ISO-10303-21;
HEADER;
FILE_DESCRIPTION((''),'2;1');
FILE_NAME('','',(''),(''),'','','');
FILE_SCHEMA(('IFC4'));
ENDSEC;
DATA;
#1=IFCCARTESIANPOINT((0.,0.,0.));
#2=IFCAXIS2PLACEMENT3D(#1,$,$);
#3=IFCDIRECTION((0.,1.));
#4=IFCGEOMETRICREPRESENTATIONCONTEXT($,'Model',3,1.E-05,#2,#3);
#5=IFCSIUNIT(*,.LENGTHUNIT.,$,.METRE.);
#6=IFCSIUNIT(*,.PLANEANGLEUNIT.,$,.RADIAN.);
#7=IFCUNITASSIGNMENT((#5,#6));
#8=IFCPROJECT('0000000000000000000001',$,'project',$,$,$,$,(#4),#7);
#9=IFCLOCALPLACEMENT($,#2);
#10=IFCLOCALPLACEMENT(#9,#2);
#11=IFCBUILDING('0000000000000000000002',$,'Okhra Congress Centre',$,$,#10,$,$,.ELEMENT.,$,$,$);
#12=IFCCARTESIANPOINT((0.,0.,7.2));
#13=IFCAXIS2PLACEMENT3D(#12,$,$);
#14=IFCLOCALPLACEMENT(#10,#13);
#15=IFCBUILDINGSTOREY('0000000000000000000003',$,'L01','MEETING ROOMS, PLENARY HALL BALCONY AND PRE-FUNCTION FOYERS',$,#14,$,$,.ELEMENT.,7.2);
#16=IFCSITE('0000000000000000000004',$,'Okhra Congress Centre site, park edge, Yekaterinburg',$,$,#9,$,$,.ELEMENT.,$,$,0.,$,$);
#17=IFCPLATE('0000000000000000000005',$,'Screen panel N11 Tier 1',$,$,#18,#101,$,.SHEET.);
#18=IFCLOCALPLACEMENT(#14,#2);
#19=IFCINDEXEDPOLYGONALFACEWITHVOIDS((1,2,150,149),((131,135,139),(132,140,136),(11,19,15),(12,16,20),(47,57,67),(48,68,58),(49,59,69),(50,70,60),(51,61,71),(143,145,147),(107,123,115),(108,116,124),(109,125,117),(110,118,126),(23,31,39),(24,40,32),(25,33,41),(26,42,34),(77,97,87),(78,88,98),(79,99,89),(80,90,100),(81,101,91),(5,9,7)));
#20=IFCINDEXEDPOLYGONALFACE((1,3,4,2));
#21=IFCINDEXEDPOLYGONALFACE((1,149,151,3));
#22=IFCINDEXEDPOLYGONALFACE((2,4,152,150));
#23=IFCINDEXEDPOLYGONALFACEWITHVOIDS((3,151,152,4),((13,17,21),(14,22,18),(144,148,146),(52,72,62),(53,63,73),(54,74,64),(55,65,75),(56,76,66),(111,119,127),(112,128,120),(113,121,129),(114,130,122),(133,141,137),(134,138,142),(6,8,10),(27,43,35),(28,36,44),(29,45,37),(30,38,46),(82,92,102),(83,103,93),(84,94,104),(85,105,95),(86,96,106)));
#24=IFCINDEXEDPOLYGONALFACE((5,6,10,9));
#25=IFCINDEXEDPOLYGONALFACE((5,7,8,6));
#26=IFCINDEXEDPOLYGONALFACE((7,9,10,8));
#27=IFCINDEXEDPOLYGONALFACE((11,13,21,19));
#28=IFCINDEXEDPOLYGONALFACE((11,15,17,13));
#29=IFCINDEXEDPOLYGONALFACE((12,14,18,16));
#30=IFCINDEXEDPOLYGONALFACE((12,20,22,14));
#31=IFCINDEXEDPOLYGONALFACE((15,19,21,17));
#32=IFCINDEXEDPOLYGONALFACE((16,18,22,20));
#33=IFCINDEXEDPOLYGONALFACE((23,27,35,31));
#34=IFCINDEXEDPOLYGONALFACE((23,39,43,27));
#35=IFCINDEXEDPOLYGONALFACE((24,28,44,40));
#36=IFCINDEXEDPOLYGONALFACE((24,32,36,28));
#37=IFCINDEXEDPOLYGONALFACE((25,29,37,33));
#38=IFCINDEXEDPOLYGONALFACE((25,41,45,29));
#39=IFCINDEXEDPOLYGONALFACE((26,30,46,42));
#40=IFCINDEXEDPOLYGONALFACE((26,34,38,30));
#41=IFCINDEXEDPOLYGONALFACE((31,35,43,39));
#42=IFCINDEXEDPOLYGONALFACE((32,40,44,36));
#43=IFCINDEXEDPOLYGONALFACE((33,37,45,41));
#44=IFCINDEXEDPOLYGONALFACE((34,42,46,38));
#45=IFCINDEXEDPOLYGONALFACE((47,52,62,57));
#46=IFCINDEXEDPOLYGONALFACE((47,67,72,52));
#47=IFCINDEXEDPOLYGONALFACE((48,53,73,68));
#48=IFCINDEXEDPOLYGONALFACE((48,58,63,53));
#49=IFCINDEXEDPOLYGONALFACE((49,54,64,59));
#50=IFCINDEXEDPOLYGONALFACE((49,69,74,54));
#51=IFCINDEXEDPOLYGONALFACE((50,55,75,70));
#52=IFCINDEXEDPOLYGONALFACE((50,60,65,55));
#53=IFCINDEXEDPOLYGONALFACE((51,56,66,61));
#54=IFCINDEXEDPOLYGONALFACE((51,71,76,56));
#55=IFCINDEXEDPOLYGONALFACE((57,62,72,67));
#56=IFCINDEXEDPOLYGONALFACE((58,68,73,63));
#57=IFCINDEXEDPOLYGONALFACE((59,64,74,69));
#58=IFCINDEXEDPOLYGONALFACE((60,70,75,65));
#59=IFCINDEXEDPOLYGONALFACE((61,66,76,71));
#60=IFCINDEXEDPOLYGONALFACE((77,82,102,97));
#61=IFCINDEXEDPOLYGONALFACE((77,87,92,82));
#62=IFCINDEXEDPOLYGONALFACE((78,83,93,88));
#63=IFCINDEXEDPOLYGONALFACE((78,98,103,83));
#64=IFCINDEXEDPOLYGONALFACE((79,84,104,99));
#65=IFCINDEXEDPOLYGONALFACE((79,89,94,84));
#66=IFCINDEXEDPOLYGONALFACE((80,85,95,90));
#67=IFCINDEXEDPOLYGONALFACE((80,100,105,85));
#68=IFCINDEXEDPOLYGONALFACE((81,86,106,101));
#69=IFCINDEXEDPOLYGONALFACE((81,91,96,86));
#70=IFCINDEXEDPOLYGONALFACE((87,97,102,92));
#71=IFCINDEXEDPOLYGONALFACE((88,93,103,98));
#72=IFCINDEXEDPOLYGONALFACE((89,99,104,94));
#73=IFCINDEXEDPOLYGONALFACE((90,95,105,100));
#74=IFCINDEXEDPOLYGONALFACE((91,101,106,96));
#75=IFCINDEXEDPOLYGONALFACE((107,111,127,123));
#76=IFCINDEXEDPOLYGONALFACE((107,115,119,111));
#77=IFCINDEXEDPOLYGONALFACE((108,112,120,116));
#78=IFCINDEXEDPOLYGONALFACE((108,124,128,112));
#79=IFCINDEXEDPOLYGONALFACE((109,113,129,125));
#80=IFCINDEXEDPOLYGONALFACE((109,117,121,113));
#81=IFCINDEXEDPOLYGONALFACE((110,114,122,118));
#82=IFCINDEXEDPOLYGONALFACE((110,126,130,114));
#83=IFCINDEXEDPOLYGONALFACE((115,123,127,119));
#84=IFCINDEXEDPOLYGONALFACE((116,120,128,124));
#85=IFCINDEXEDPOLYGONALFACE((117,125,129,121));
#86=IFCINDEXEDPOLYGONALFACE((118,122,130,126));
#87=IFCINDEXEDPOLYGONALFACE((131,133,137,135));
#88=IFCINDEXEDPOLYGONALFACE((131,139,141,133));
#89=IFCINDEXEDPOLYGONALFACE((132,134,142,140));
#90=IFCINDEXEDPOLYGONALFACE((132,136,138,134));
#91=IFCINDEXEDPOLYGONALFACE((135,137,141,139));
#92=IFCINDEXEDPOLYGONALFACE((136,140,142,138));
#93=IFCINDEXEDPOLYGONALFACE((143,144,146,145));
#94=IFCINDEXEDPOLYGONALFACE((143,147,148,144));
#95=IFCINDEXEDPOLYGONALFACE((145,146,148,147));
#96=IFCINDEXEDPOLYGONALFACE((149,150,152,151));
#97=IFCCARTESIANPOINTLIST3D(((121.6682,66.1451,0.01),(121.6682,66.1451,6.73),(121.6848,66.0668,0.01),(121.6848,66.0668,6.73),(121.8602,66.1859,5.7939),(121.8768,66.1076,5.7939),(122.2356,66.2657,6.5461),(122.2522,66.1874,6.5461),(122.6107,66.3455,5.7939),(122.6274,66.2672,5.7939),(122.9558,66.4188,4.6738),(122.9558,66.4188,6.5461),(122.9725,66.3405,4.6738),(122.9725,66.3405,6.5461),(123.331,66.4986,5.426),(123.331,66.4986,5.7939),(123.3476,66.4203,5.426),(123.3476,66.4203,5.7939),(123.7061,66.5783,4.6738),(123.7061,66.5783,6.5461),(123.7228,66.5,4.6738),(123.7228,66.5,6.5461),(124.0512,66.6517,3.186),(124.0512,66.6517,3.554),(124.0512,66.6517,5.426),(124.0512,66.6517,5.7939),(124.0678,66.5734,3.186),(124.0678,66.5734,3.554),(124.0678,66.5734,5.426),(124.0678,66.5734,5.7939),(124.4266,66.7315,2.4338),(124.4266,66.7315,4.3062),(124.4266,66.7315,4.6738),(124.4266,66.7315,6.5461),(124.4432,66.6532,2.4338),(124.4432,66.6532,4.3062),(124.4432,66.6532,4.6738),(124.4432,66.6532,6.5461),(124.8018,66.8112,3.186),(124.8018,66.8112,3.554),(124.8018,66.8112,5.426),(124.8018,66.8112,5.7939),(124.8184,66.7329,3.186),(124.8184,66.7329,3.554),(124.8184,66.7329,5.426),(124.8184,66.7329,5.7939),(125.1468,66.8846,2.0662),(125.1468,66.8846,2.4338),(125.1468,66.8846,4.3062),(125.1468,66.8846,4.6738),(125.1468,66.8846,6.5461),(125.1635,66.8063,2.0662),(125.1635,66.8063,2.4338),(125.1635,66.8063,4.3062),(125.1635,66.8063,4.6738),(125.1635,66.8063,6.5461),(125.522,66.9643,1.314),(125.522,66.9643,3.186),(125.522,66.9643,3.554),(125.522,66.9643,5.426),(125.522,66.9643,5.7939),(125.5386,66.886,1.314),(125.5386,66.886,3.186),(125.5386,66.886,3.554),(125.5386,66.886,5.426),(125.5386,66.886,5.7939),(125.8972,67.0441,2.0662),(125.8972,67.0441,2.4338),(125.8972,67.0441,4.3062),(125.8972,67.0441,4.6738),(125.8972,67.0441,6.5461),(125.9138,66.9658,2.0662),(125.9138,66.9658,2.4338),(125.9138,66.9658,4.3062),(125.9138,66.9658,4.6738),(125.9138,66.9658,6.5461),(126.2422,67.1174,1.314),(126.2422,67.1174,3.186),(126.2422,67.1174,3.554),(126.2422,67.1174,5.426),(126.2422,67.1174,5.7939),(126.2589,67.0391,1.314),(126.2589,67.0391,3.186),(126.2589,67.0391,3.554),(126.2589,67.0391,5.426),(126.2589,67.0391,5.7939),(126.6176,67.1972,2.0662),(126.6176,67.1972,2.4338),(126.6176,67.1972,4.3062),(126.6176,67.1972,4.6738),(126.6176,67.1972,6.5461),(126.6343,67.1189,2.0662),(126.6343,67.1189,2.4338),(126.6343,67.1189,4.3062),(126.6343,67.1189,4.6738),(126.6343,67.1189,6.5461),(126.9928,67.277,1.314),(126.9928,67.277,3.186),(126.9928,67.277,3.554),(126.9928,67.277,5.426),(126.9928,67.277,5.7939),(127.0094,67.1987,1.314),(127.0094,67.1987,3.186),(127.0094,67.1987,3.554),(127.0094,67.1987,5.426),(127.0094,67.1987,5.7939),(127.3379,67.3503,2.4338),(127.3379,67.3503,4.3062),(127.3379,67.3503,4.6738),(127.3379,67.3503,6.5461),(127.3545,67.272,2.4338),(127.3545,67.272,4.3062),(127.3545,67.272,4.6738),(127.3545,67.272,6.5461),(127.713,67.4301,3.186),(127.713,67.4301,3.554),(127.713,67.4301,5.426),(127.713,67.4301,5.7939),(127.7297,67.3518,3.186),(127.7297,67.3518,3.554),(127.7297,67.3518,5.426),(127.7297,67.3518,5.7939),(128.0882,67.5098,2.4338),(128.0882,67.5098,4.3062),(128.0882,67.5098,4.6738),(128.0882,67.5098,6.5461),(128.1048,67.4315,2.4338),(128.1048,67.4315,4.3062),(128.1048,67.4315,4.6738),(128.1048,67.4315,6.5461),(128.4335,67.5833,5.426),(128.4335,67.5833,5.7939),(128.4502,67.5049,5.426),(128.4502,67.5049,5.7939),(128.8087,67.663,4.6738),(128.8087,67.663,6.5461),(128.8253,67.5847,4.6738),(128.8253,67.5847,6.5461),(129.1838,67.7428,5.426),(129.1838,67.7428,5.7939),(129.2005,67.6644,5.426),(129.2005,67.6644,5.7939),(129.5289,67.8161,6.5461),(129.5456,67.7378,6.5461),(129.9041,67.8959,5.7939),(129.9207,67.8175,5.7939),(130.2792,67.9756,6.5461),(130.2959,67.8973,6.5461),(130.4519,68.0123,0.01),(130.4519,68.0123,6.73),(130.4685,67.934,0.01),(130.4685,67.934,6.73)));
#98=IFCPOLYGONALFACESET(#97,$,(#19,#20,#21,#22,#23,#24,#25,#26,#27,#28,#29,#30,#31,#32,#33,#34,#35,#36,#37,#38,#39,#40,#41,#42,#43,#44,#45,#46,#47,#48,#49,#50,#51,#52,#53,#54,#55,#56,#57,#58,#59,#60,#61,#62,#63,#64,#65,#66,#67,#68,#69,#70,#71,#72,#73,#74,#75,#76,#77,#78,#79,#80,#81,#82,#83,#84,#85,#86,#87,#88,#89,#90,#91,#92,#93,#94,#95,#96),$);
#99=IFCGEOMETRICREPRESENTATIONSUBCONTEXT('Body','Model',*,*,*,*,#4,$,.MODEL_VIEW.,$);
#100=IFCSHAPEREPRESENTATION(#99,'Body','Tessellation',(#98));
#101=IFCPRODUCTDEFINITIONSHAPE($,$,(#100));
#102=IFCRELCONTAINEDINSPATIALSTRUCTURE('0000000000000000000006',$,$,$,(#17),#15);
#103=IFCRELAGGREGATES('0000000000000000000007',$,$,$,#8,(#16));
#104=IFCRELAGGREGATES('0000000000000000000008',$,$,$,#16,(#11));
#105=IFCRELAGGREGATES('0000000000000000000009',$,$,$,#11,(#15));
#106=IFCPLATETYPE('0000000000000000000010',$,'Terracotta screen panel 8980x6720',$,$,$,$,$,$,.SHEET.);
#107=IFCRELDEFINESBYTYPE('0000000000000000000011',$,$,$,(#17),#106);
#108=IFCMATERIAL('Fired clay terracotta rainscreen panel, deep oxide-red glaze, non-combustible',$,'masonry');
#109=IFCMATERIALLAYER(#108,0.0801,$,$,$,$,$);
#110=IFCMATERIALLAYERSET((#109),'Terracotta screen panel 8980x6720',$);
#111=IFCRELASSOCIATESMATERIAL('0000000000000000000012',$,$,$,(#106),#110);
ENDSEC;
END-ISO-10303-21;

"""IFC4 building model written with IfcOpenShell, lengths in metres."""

from ifc_helpers import new_model, si_unit, direction, frame, origin, place, context, subcontext, project, spatial, polyline, outline, extrude, material, layer, layer_set, type_object, element, save


model = new_model("IFC4")

# Units and contexts
model_context = context("Model", 3, precision=1e-05, world=origin(), true_north=direction((0.0, 1.0)))
body_context = subcontext(model_context, "Body", "Model", "MODEL_VIEW")
ifc_project = project(units=[si_unit("LENGTHUNIT", "METRE"), si_unit("PLANEANGLEUNIT", "RADIAN")], contexts=[model_context])

# Site, building, storey
site_placement = place(None, origin())
site = spatial("IfcSite", under=ifc_project, at=site_placement, Name="Okhra Congress Centre site, park edge, Yekaterinburg", CompositionType="ELEMENT", RefElevation=0.0)
building_placement = place(site_placement, origin())
building = spatial("IfcBuilding", under=site, at=building_placement, Name="Okhra Congress Centre", CompositionType="ELEMENT")
storey_placement = place(building_placement, frame((0.0, 0.0, 7.2)))
storey = spatial("IfcBuildingStorey", under=building, at=storey_placement, Name="L01", Description="MEETING ROOMS, PLENARY HALL BALCONY AND PRE-FUNCTION FOYERS", CompositionType="ELEMENT", Elevation=7.2)

# Plate
ifc_material_1 = material(Name="Fired clay terracotta rainscreen panel, deep oxide-red glaze, non-combustible", Category="masonry")
ifc_layer_1 = layer(ifc_material_1, 0.0801)
ifc_layer_set_1 = layer_set([ifc_layer_1], Name="Terracotta screen panel 8980x6720")
plate_type = type_object("IfcPlateType", Name="Terracotta screen panel 8980x6720", PredefinedType="SHEET", material=ifc_layer_set_1)
plate_1_placement = place(storey_placement, frame((130.4602, 67.9731, 0.01), z_axis=(0.0, 0.0, 1.0), x_axis=(-0.978144, -0.207928, 0.0)))
element("IfcPlate", 1, at=plate_1_placement, inside=storey, type_object=plate_type, Name="Screen panel N11 Tier 1", PredefinedType="SHEET", context=body_context, shape_type="SweptSolid", body=[
    extrude(outline(polyline([(0.0, 0.0), (8.98, 0.0), (8.98, 6.72), (0.0, 6.72), (0.0, 0.0)]), holes=[polyline([(3.5364, 1.304), (4.3037, 1.304), (3.9199, 2.0562), (3.5364, 1.304)]), polyline([(4.6565, 2.0562), (5.04, 1.304), (5.4236, 2.0562), (4.6565, 2.0562)]), polyline([(2.4165, 2.4238), (3.1836, 2.4238), (2.8, 3.176), (2.4165, 2.4238)]), polyline([(3.5364, 3.176), (3.9199, 2.4238), (4.3037, 3.176), (3.5364, 3.176)]), polyline([(4.6565, 2.4238), (5.4236, 2.4238), (5.04, 3.176), (4.6565, 2.4238)]), polyline([(5.7764, 3.176), (6.1599, 2.4238), (6.5437, 3.176), (5.7764, 3.176)]), polyline([(2.4165, 4.2961), (2.8, 3.5439), (3.1836, 4.2961), (2.4165, 4.2961)]), polyline([(3.5364, 3.5439), (4.3037, 3.5439), (3.9199, 4.2961), (3.5364, 3.5439)]), polyline([(4.6565, 4.2961), (5.04, 3.5439), (5.4236, 4.2961), (4.6565, 4.2961)]), polyline([(5.7764, 3.5439), (6.5437, 3.5439), (6.1599, 4.2961), (5.7764, 3.5439)]), polyline([(1.2964, 5.416), (1.6799, 4.6638), (2.0635, 5.416), (1.2964, 5.416)]), polyline([(2.4165, 4.6638), (3.1836, 4.6638), (2.8, 5.416), (2.4165, 4.6638)]), polyline([(3.5364, 5.416), (3.9199, 4.6638), (4.3037, 5.416), (3.5364, 5.416)]), polyline([(4.6565, 4.6638), (5.4236, 4.6638), (5.04, 5.416), (4.6565, 4.6638)]), polyline([(5.7764, 5.416), (6.1599, 4.6638), (6.5437, 5.416), (5.7764, 5.416)]), polyline([(6.8965, 4.6638), (7.6636, 4.6638), (7.28, 5.416), (6.8965, 4.6638)]), polyline([(0.1765, 6.5361), (0.5601, 5.7839), (0.9436, 6.5361), (0.1765, 6.5361)]), polyline([(1.2964, 5.7839), (2.0635, 5.7839), (1.6799, 6.5361), (1.2964, 5.7839)]), polyline([(2.4165, 6.5361), (2.8, 5.7839), (3.1836, 6.5361), (2.4165, 6.5361)]), polyline([(3.5364, 5.7839), (4.3037, 5.7839), (3.9199, 6.5361), (3.5364, 5.7839)]), polyline([(4.6565, 6.5361), (5.04, 5.7839), (5.4236, 6.5361), (4.6565, 6.5361)]), polyline([(5.7764, 5.7839), (6.5437, 5.7839), (6.1599, 6.5361), (5.7764, 5.7839)]), polyline([(6.8965, 6.5361), (7.28, 5.7839), (7.6636, 6.5361), (6.8965, 6.5361)]), polyline([(8.0164, 5.7839), (8.7837, 5.7839), (8.3999, 6.5361), (8.0164, 5.7839)])]), frame((0.0, 0.04, 0.0), z_axis=(0.0, -1.0, 0.0), x_axis=(1.0, 0.0, 0.0)), (0.0, 0.0, 1.0), 0.0801),
])

save(model, "model.ifc")
